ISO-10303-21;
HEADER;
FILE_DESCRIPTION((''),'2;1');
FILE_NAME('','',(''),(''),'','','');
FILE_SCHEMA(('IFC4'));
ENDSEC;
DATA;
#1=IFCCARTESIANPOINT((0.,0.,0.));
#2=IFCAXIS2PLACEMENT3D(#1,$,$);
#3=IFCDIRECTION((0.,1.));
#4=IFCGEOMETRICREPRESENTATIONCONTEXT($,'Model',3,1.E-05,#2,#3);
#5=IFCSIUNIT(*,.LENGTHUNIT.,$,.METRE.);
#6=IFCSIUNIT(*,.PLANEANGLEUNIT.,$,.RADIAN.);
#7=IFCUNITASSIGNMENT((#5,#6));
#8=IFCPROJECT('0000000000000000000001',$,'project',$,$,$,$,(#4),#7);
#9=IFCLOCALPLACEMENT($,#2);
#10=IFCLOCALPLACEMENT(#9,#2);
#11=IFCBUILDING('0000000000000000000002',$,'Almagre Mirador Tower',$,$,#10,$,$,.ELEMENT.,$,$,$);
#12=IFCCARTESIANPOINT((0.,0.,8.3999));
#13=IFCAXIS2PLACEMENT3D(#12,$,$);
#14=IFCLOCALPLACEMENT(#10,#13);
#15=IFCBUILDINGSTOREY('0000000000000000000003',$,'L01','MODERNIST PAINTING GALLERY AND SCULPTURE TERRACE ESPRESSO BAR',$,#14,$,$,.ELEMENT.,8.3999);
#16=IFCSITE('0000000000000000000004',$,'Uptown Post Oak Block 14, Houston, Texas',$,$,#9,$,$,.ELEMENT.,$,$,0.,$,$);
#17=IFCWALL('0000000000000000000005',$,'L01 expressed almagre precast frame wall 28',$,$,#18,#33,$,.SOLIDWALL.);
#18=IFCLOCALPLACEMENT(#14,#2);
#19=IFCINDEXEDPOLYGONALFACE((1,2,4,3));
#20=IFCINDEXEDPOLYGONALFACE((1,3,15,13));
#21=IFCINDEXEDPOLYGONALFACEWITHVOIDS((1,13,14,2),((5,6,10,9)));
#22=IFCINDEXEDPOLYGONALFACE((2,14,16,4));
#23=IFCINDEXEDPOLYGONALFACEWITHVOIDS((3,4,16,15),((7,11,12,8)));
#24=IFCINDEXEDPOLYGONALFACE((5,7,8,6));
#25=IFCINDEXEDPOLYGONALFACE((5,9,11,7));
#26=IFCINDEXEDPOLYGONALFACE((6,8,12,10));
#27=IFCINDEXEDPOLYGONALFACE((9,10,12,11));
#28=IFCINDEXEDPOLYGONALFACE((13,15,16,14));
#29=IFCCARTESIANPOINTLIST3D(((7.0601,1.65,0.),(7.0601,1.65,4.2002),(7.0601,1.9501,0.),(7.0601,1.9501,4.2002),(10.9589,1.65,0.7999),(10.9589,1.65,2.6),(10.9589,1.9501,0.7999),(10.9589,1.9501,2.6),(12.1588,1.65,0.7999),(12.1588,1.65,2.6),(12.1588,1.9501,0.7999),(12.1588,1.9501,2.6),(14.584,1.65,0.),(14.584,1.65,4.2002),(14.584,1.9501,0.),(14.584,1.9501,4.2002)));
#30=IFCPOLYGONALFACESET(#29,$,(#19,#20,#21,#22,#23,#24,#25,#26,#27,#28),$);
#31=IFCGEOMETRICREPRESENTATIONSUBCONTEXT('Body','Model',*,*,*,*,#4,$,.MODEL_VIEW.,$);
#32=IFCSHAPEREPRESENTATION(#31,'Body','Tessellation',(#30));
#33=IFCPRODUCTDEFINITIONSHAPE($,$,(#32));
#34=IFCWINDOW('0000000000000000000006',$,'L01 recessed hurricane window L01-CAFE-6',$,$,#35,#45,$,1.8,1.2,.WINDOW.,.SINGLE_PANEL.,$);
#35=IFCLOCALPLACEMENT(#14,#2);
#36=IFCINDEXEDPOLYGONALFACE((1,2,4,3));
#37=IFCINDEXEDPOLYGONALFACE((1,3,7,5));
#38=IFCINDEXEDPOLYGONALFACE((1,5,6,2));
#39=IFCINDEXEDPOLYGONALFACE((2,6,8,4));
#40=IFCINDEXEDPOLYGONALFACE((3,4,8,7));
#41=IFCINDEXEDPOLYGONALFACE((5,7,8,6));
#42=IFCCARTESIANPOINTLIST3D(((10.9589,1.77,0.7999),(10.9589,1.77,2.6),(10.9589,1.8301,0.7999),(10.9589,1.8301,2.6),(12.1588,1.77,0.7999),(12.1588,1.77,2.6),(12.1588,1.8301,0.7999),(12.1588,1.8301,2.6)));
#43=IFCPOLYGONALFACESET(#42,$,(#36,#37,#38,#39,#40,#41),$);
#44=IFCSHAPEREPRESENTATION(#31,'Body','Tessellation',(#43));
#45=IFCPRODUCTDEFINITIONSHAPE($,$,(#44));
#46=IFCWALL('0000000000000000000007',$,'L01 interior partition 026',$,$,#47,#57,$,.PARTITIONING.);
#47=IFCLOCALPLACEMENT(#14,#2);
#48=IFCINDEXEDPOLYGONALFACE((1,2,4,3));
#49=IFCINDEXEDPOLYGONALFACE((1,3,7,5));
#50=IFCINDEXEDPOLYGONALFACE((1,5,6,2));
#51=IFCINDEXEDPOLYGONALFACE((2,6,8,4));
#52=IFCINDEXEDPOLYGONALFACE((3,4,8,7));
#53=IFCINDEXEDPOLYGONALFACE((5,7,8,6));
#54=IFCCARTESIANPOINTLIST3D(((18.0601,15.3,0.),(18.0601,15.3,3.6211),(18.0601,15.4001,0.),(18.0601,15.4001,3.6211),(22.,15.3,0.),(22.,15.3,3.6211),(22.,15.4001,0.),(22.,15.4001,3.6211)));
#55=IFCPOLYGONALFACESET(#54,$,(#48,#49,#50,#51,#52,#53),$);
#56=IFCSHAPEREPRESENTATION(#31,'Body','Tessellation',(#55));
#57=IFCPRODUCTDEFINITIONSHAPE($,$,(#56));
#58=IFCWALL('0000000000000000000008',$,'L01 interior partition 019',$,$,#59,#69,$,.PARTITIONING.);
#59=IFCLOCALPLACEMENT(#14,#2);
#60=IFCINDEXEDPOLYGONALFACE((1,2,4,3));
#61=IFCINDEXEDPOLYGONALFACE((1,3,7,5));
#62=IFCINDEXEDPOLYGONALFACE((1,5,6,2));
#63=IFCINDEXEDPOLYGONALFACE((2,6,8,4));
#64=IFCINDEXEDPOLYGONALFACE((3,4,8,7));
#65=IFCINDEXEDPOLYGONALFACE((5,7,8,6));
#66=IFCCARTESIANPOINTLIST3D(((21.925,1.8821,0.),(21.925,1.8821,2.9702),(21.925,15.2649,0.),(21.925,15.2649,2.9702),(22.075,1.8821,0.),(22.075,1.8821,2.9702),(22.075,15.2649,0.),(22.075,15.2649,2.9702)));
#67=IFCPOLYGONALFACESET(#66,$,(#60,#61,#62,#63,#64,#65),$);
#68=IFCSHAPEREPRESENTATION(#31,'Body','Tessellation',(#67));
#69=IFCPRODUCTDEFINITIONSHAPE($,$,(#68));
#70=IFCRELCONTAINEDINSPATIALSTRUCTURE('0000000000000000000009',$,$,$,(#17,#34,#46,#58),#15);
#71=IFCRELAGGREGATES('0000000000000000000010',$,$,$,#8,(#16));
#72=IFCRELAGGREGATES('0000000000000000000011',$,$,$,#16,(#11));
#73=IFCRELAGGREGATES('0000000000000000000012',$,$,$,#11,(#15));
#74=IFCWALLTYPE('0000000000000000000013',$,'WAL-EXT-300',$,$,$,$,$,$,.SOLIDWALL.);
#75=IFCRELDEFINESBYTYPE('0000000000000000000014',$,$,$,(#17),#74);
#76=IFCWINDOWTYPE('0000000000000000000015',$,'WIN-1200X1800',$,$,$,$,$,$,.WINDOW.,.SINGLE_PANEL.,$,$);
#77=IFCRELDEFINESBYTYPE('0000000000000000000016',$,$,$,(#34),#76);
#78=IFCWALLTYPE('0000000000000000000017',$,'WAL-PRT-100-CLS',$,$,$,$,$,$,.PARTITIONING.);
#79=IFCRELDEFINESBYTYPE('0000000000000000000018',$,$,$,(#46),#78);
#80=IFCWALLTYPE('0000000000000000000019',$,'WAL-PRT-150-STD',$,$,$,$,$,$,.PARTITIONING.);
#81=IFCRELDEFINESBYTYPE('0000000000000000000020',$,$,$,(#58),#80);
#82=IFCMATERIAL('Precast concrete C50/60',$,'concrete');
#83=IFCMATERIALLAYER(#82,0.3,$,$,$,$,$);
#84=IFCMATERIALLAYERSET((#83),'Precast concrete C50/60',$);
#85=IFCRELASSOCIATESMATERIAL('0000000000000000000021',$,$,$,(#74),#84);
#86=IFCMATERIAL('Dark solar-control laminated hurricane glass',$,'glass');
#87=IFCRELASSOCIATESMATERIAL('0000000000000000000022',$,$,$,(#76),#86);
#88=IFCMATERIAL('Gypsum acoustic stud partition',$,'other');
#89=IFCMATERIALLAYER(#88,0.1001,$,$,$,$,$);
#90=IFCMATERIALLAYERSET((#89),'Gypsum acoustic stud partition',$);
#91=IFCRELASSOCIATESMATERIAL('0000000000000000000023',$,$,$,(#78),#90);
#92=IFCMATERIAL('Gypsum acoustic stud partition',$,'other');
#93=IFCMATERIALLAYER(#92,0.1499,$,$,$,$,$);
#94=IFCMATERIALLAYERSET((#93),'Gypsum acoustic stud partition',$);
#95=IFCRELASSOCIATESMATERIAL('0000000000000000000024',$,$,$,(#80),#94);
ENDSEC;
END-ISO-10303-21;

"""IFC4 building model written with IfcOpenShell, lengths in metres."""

from ifc_helpers import new_model, si_unit, direction, frame, frame_2d, origin, place, context, subcontext, project, spatial, rectangle, extrude, material, layer, layer_set, type_object, element, fill, save


model = new_model("IFC4")

# Units and contexts
model_context = context("Model", 3, precision=1e-05, world=origin(), true_north=direction((0.0, 1.0)))
body_context = subcontext(model_context, "Body", "Model", "MODEL_VIEW")
ifc_project = project(units=[si_unit("LENGTHUNIT", "METRE"), si_unit("PLANEANGLEUNIT", "RADIAN")], contexts=[model_context])

# Site, building, storey
site_placement = place(None, origin())
site = spatial("IfcSite", under=ifc_project, at=site_placement, Name="Uptown Post Oak Block 14, Houston, Texas", CompositionType="ELEMENT", RefElevation=0.0)
building_placement = place(site_placement, origin())
building = spatial("IfcBuilding", under=site, at=building_placement, Name="Almagre Mirador Tower", CompositionType="ELEMENT")
storey_placement = place(building_placement, frame((0.0, 0.0, 8.3999)))
storey = spatial("IfcBuildingStorey", under=building, at=storey_placement, Name="L01", Description="MODERNIST PAINTING GALLERY AND SCULPTURE TERRACE ESPRESSO BAR", CompositionType="ELEMENT", Elevation=8.3999)

# Wall, opening, window
ifc_material_1 = material(Name="Precast concrete C50/60", Category="concrete")
ifc_layer_1 = layer(ifc_material_1, 0.3)
ifc_layer_set_1 = layer_set([ifc_layer_1], Name="Precast concrete C50/60")
wall_type_1 = type_object("IfcWallType", Name="WAL-EXT-300", PredefinedType="SOLIDWALL", material=ifc_layer_set_1)
wall_1_placement = place(storey_placement, frame((14.584, 1.8, 0.0), z_axis=(0.0, 0.0, 1.0), x_axis=(-1.0, 0.0, 0.0)))
wall_1 = element("IfcWall", 1, at=wall_1_placement, inside=storey, type_object=wall_type_1, Name="L01 expressed almagre precast frame wall 28", PredefinedType="SOLIDWALL", context=body_context, shape_type="SweptSolid", body=[
    extrude(rectangle(XDim=7.5239, YDim=0.3, at=frame_2d((3.762, 0.0))), origin(), (0.0, 0.0, 1.0), 4.2002),
])
opening_1_placement = place(wall_1_placement, frame((2.425, 0.0, 0.8)))
opening_1 = element("IfcOpeningElement", 2, at=opening_1_placement, cuts=wall_1, PredefinedType="OPENING", context=body_context, shape_type="SweptSolid", body=[
    extrude(rectangle(XDim=1.2, YDim=1.8, at=frame_2d((0.6001, 0.8999))), frame((0.0, 0.1599, 0.0), z_axis=(0.0, -1.0, 0.0), x_axis=(1.0, 0.0, 0.0)), (0.0, 0.0, 1.0), 0.32),
])
ifc_material_2 = material(Name="Dark solar-control laminated hurricane glass", Category="glass")
window_type_1 = type_object("IfcWindowType", Name="WIN-1200X1800", PartitioningType="SINGLE_PANEL", PredefinedType="WINDOW", material=ifc_material_2)
window_1_placement = place(opening_1_placement, origin())
window_1 = element("IfcWindow", 3, at=window_1_placement, inside=storey, type_object=window_type_1, Name="L01 recessed hurricane window L01-CAFE-6", OverallHeight=1.8, OverallWidth=1.2, PartitioningType="SINGLE_PANEL", PredefinedType="WINDOW", context=body_context, shape_type="SweptSolid", body=[
    extrude(rectangle(XDim=1.2, YDim=1.8, at=frame_2d((0.6001, 0.8999))), frame((0.0, 0.03, 0.0), z_axis=(0.0, -1.0, 0.0), x_axis=(1.0, 0.0, 0.0)), (0.0, 0.0, 1.0), 0.0601),
])
fill(opening_1, window_1)

# Walls
ifc_material_3 = material(Name="Gypsum acoustic stud partition", Category="other")
ifc_layer_2 = layer(ifc_material_3, 0.1001)
ifc_layer_set_2 = layer_set([ifc_layer_2], Name="Gypsum acoustic stud partition")
wall_type_2 = type_object("IfcWallType", Name="WAL-PRT-100-CLS", PredefinedType="PARTITIONING", material=ifc_layer_set_2)
wall_2_placement = place(storey_placement, frame((18.0601, 15.3501, 0.0), z_axis=(0.0, 0.0, 1.0), x_axis=(1.0, 0.0, 0.0)))
element("IfcWall", 4, at=wall_2_placement, inside=storey, type_object=wall_type_2, Name="L01 interior partition 026", PredefinedType="PARTITIONING", context=body_context, shape_type="SweptSolid", body=[
    extrude(rectangle(XDim=3.9399, YDim=0.1001, at=frame_2d((1.97, 0.0))), origin(), (0.0, 0.0, 1.0), 3.6211),
])
ifc_material_4 = material(Name="Gypsum acoustic stud partition", Category="other")
ifc_layer_3 = layer(ifc_material_4, 0.1499)
ifc_layer_set_3 = layer_set([ifc_layer_3], Name="Gypsum acoustic stud partition")
wall_type_3 = type_object("IfcWallType", Name="WAL-PRT-150-STD", PredefinedType="PARTITIONING", material=ifc_layer_set_3)
wall_3_placement = place(storey_placement, frame((22.0, 15.2649, 0.0), z_axis=(0.0, 0.0, 1.0), x_axis=(0.0, -1.0, 0.0)))
element("IfcWall", 5, at=wall_3_placement, inside=storey, type_object=wall_type_3, Name="L01 interior partition 019", PredefinedType="PARTITIONING", context=body_context, shape_type="SweptSolid", body=[
    extrude(rectangle(XDim=13.3828, YDim=0.1499, at=frame_2d((6.6914, 0.0))), origin(), (0.0, 0.0, 1.0), 2.9702),
])

save(model, "model.ifc")
